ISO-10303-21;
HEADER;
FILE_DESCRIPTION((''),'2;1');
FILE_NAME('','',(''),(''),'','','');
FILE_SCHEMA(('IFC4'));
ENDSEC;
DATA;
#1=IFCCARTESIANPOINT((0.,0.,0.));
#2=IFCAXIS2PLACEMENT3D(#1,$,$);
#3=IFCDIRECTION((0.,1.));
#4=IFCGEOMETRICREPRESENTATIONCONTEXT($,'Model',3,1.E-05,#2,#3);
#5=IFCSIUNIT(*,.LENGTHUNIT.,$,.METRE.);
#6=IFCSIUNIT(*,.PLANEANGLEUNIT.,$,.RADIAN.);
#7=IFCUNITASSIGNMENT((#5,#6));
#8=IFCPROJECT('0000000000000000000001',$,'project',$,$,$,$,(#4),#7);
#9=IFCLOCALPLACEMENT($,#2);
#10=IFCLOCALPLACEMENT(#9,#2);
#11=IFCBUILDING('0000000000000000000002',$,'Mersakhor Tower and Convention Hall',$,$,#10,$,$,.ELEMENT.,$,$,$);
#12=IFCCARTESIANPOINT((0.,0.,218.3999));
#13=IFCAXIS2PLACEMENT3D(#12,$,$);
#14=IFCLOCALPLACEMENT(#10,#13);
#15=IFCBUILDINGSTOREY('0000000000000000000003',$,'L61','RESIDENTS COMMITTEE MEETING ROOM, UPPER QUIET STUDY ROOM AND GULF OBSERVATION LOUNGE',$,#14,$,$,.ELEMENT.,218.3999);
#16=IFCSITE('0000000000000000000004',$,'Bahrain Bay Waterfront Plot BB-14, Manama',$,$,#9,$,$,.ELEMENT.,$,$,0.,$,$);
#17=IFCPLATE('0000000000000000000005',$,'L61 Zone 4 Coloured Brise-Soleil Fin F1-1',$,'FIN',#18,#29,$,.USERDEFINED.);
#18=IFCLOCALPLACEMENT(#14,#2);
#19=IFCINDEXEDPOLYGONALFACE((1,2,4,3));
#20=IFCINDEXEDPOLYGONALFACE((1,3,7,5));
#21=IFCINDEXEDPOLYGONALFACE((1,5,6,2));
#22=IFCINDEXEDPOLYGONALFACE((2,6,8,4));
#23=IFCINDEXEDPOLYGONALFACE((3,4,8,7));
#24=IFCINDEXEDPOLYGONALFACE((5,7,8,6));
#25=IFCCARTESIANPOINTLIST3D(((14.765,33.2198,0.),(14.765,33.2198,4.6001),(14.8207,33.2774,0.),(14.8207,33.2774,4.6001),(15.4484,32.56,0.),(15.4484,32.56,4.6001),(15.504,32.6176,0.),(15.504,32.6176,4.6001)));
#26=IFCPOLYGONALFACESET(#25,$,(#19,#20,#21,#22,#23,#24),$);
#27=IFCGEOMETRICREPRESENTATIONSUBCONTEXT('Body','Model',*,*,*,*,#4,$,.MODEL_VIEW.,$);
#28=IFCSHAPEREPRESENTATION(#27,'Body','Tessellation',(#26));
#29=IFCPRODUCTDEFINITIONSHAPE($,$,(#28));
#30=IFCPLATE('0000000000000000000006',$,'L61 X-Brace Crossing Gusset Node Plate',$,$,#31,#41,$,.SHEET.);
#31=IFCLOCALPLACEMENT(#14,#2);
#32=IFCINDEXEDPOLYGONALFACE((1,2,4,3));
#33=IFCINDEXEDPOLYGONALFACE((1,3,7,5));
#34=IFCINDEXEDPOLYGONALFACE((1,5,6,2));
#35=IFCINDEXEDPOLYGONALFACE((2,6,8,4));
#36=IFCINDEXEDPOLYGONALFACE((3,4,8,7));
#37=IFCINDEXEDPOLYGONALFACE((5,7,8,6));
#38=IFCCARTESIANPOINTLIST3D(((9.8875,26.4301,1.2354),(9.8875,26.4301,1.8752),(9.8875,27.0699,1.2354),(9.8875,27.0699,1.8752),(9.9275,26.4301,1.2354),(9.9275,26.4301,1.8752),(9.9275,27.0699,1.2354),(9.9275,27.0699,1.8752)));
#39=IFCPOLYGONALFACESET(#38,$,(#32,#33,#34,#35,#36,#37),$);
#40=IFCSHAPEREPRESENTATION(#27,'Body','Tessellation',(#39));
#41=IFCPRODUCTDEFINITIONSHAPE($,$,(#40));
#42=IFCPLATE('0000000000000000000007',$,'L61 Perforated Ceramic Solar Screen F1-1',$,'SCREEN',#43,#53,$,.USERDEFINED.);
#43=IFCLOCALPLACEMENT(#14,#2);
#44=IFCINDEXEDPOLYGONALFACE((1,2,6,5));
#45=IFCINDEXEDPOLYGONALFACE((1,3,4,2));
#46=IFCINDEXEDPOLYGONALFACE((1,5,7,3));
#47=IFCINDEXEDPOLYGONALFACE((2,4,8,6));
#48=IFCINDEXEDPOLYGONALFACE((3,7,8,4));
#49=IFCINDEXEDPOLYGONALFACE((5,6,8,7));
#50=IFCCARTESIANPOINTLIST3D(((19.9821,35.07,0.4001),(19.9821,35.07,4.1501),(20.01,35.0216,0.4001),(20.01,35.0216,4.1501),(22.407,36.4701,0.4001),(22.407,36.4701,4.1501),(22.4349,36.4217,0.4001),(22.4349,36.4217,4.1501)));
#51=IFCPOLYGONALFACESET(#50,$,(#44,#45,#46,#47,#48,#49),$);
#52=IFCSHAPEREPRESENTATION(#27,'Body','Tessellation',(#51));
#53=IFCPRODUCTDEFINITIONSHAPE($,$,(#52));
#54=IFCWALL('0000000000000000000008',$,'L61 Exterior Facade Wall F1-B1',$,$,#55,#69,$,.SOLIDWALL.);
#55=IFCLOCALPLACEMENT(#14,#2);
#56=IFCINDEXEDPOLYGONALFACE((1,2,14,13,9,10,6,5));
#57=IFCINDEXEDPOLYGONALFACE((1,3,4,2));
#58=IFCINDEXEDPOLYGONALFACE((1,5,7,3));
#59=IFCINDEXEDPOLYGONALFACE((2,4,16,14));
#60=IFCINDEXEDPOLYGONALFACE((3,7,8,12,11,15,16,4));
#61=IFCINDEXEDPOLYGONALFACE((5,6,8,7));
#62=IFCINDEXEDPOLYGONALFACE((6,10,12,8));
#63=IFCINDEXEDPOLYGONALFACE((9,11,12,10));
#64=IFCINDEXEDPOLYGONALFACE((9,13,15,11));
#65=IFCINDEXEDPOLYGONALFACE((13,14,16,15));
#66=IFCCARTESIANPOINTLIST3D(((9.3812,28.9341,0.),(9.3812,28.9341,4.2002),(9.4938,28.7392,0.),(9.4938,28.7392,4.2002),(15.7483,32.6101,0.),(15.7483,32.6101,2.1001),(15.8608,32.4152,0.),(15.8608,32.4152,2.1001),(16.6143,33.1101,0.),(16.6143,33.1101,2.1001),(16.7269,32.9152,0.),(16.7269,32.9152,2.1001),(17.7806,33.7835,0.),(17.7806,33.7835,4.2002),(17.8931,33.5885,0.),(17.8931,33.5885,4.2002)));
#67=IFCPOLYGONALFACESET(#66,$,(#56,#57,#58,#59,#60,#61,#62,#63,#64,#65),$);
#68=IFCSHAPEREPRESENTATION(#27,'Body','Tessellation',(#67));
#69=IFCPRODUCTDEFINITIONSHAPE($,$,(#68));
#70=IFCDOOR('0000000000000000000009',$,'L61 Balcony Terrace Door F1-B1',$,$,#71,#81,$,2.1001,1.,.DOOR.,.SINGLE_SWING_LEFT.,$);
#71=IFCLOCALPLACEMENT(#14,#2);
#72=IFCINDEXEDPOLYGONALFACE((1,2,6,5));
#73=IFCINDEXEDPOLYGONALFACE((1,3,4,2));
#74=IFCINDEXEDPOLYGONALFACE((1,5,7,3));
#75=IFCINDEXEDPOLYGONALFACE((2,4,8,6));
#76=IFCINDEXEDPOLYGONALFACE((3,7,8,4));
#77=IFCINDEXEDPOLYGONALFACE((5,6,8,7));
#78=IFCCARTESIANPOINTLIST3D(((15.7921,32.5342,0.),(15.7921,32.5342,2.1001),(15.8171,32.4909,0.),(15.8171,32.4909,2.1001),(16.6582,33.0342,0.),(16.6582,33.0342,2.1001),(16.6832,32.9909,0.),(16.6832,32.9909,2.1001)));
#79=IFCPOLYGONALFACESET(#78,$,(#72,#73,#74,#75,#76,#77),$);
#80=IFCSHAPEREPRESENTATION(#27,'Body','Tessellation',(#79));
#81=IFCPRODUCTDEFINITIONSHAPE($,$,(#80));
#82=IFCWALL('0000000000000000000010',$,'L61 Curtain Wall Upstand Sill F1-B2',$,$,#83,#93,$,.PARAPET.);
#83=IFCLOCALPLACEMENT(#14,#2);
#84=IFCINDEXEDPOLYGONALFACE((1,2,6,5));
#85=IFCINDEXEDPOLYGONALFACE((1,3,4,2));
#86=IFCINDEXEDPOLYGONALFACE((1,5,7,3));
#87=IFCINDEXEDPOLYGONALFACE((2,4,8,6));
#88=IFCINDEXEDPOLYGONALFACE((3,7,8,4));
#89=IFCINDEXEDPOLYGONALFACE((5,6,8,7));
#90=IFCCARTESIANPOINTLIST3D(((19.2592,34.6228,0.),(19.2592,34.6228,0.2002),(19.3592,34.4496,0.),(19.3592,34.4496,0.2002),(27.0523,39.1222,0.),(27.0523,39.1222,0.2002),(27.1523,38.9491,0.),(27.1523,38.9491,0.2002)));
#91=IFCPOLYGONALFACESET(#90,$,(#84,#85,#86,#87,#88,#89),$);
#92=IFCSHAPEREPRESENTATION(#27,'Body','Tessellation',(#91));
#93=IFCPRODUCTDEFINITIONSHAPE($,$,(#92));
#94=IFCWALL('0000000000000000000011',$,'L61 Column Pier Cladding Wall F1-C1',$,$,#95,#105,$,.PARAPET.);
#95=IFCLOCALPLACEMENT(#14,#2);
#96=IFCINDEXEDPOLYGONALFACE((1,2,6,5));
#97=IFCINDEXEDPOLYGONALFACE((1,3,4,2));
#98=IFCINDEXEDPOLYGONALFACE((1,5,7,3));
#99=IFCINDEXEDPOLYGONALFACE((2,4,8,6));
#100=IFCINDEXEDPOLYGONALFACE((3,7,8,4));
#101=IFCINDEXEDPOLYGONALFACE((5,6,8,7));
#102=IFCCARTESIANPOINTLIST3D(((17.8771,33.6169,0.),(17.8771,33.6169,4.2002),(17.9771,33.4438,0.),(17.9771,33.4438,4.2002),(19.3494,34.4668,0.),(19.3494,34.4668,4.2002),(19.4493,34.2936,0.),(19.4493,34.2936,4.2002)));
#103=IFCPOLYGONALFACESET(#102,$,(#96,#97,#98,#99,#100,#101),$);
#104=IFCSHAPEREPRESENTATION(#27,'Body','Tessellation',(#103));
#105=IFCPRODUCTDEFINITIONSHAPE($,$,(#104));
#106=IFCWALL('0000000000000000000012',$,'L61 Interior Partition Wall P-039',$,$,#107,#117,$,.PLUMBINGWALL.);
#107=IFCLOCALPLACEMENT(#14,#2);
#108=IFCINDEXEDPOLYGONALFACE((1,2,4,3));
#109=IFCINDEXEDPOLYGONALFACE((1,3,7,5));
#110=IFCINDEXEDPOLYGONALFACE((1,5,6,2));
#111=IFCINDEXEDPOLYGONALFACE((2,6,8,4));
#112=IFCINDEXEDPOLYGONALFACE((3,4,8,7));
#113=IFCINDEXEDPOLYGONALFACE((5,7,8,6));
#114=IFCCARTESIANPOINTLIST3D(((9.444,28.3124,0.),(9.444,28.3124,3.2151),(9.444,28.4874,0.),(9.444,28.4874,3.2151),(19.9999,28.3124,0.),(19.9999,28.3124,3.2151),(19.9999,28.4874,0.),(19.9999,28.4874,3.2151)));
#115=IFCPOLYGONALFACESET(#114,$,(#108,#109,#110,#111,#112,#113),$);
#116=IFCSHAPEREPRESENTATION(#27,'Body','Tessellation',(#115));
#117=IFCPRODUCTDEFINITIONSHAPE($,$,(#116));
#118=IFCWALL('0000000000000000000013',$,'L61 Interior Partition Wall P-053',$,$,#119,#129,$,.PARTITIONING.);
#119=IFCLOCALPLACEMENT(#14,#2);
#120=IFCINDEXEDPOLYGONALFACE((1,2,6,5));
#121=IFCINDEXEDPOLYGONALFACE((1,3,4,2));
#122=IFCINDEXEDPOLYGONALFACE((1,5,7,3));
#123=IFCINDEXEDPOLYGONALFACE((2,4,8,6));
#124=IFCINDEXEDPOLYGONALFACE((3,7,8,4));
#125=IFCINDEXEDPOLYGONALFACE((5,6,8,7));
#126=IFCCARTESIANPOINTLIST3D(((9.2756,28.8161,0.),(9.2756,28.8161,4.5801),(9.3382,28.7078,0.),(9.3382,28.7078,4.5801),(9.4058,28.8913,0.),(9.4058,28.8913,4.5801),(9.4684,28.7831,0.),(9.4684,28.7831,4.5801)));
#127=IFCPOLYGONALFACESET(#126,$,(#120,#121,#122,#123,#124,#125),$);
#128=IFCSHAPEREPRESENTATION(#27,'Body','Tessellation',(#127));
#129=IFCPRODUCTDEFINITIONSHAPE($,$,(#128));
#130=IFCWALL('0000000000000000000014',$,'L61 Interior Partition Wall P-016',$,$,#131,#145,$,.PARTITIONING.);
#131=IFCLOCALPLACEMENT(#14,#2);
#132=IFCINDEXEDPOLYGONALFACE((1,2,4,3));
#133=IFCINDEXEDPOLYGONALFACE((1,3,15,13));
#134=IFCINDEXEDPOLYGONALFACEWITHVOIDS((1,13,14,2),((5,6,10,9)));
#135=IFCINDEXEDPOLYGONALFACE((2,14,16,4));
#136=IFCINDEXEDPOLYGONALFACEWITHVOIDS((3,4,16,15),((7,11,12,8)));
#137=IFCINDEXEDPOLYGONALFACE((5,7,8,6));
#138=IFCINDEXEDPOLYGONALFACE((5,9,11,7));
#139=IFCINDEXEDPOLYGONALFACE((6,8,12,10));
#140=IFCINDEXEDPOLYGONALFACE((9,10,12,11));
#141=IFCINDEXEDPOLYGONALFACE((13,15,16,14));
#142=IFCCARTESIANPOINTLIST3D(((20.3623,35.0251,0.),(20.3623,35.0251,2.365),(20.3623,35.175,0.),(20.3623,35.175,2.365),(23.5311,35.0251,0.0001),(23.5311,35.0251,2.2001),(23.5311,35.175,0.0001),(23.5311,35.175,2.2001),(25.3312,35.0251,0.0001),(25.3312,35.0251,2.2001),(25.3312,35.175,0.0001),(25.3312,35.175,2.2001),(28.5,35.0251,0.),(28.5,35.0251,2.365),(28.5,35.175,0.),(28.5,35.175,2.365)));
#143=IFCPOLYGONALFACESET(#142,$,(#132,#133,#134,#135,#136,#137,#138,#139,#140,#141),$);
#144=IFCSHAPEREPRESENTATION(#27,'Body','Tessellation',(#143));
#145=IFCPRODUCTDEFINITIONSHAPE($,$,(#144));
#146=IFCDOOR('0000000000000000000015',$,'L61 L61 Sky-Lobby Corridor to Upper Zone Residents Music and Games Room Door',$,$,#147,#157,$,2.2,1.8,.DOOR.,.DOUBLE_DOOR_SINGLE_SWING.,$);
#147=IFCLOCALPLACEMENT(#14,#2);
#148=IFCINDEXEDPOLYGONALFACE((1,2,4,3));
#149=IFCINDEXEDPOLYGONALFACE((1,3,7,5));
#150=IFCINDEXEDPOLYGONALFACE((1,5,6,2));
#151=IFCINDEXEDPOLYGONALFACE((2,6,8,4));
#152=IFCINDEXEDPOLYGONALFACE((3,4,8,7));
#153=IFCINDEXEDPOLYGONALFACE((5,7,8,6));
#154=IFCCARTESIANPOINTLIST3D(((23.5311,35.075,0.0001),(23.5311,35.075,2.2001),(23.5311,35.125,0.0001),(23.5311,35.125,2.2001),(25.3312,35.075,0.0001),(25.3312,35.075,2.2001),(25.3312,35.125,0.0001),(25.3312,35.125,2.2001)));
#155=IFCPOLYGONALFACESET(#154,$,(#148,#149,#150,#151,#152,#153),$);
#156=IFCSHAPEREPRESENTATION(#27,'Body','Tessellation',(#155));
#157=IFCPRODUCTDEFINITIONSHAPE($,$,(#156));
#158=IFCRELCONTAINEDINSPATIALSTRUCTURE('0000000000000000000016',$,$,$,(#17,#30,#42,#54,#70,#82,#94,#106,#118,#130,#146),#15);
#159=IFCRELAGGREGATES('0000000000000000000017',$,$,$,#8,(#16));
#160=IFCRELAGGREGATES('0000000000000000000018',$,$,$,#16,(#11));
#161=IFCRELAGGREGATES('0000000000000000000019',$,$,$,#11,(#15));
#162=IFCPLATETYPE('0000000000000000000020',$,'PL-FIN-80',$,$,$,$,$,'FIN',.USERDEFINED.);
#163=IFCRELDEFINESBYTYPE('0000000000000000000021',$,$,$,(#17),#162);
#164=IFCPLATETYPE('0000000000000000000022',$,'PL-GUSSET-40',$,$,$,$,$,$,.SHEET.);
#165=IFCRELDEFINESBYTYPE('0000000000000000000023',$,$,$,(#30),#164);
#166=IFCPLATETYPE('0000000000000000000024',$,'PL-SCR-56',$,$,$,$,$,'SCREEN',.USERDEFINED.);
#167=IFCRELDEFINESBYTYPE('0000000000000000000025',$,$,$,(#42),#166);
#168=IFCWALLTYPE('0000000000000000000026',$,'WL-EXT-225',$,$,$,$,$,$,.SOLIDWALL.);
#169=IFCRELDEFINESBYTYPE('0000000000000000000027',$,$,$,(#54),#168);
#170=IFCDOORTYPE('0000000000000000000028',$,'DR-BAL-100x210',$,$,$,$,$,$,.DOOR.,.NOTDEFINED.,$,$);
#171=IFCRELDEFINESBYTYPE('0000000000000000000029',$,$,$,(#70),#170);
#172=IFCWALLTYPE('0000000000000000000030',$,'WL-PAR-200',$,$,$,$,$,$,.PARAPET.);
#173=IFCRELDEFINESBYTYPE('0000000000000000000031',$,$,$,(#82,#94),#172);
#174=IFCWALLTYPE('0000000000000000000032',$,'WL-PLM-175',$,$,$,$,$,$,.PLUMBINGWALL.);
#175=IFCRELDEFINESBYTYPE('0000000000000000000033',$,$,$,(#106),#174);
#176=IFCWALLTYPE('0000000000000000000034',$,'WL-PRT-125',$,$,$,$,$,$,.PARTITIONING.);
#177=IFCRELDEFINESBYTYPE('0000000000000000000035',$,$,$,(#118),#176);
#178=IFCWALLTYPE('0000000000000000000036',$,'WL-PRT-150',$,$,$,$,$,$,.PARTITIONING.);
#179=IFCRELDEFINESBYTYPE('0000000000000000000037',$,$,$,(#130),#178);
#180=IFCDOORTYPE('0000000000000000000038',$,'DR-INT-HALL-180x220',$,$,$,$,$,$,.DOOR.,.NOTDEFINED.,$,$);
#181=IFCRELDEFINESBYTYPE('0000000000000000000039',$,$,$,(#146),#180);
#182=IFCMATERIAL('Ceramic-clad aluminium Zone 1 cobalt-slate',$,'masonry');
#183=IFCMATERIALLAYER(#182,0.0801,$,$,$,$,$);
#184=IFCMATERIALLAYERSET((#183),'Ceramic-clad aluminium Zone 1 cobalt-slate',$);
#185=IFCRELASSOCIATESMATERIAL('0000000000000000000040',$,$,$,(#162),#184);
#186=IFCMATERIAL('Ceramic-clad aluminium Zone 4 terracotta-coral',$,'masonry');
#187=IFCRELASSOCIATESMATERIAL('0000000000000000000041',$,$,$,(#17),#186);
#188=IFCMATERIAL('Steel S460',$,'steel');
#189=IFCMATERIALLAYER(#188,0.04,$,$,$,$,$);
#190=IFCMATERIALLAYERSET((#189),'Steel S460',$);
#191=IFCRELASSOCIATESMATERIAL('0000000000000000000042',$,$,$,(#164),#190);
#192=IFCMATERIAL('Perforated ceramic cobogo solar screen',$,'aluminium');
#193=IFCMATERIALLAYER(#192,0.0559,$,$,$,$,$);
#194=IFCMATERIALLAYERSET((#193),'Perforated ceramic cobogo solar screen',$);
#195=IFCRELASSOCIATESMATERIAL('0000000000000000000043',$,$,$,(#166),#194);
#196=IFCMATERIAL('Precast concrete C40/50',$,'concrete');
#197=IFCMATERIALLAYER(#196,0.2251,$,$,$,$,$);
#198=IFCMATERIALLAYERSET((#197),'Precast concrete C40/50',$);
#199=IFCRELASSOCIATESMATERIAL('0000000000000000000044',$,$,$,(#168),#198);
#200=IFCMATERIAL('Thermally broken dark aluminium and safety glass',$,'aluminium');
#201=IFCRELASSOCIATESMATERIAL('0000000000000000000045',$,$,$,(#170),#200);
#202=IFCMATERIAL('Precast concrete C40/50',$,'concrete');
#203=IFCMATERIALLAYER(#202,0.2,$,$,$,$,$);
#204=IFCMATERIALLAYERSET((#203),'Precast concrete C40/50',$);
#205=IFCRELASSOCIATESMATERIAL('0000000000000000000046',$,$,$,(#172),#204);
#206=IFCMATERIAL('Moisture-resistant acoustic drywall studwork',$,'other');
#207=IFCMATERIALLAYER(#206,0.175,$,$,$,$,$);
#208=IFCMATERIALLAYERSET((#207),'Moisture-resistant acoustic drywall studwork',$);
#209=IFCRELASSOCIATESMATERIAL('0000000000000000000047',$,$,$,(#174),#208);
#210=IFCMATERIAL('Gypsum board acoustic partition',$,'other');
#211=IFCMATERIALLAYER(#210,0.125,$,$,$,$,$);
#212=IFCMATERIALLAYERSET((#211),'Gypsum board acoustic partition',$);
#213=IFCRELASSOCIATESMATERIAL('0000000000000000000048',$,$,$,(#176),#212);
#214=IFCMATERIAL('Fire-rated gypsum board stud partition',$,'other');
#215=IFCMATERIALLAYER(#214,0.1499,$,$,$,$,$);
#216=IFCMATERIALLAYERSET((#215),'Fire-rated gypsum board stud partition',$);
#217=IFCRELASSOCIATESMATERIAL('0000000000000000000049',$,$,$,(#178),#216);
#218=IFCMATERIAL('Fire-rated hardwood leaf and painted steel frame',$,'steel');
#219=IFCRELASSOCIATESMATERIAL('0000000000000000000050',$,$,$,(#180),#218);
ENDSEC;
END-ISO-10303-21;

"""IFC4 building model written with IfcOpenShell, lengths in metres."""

from ifc_helpers import new_model, si_unit, direction, frame, frame_2d, origin, origin_2d, place, context, subcontext, project, spatial, rectangle, extrude, material, layer, layer_set, type_object, element, fill, save


model = new_model("IFC4")

# Units and contexts
model_context = context("Model", 3, precision=1e-05, world=origin(), true_north=direction((0.0, 1.0)))
body_context = subcontext(model_context, "Body", "Model", "MODEL_VIEW")
ifc_project = project(units=[si_unit("LENGTHUNIT", "METRE"), si_unit("PLANEANGLEUNIT", "RADIAN")], contexts=[model_context])

# Site, building, storey
site_placement = place(None, origin())
site = spatial("IfcSite", under=ifc_project, at=site_placement, Name="Bahrain Bay Waterfront Plot BB-14, Manama", CompositionType="ELEMENT", RefElevation=0.0)
building_placement = place(site_placement, origin())
building = spatial("IfcBuilding", under=site, at=building_placement, Name="Mersakhor Tower and Convention Hall", CompositionType="ELEMENT")
storey_placement = place(building_placement, frame((0.0, 0.0, 218.3999)))
storey = spatial("IfcBuildingStorey", under=building, at=storey_placement, Name="L61", Description="RESIDENTS COMMITTEE MEETING ROOM, UPPER QUIET STUDY ROOM AND GULF OBSERVATION LOUNGE", CompositionType="ELEMENT", Elevation=218.3999)

# Plates
ifc_material_1 = material(Name="Ceramic-clad aluminium Zone 4 terracotta-coral", Category="masonry")
ifc_material_2 = material(Name="Ceramic-clad aluminium Zone 1 cobalt-slate", Category="masonry")
ifc_layer_1 = layer(ifc_material_2, 0.0801)
ifc_layer_set_1 = layer_set([ifc_layer_1], Name="Ceramic-clad aluminium Zone 1 cobalt-slate")
plate_type_1 = type_object("IfcPlateType", Name="PL-FIN-80", ElementType="FIN", PredefinedType="USERDEFINED", material=ifc_layer_set_1)
plate_1_placement = place(storey_placement, frame((15.1345, 32.9187, 0.0), z_axis=(0.0, 0.0, 1.0), x_axis=(-0.71934, 0.694658, 0.0)))
element("IfcPlate", 1, at=plate_1_placement, inside=storey, type_object=plate_type_1, material=ifc_material_1, Name="L61 Zone 4 Coloured Brise-Soleil Fin F1-1", ObjectType="FIN", PredefinedType="USERDEFINED", context=body_context, shape_type="SweptSolid", body=[
    extrude(rectangle(XDim=0.95, YDim=0.0801, at=origin_2d()), origin(), (0.0, 0.0, 1.0), 4.6001),
])
ifc_material_3 = material(Name="Steel S460", Category="steel")
ifc_layer_2 = layer(ifc_material_3, 0.04)
ifc_layer_set_2 = layer_set([ifc_layer_2], Name="Steel S460")
plate_type_2 = type_object("IfcPlateType", Name="PL-GUSSET-40", PredefinedType="SHEET", material=ifc_layer_set_2)
plate_2_placement = place(storey_placement, frame((9.9075, 26.75, 1.2354), z_axis=(0.0, 0.0, 1.0), x_axis=(0.0, -1.0, 0.0)))
element("IfcPlate", 2, at=plate_2_placement, inside=storey, type_object=plate_type_2, Name="L61 X-Brace Crossing Gusset Node Plate", PredefinedType="SHEET", context=body_context, shape_type="SweptSolid", body=[
    extrude(rectangle(XDim=0.6399, YDim=0.04, at=origin_2d()), origin(), (0.0, 0.0, 1.0), 0.6399),
])
ifc_material_4 = material(Name="Perforated ceramic cobogo solar screen", Category="aluminium")
ifc_layer_3 = layer(ifc_material_4, 0.0559)
ifc_layer_set_3 = layer_set([ifc_layer_3], Name="Perforated ceramic cobogo solar screen")
plate_type_3 = type_object("IfcPlateType", Name="PL-SCR-56", ElementType="SCREEN", PredefinedType="USERDEFINED", material=ifc_layer_set_3)
plate_3_placement = place(storey_placement, frame((21.2085, 35.7458, 0.4001), z_axis=(0.0, 0.0, 1.0), x_axis=(0.866025, 0.5, 0.0)))
element("IfcPlate", 3, at=plate_3_placement, inside=storey, type_object=plate_type_3, Name="L61 Perforated Ceramic Solar Screen F1-1", ObjectType="SCREEN", PredefinedType="USERDEFINED", context=body_context, shape_type="SweptSolid", body=[
    extrude(rectangle(XDim=2.8, YDim=0.0559, at=origin_2d()), origin(), (0.0, 0.0, 1.0), 3.75),
])

# Wall, opening, door
ifc_material_5 = material(Name="Precast concrete C40/50", Category="concrete")
ifc_layer_4 = layer(ifc_material_5, 0.2251)
ifc_layer_set_4 = layer_set([ifc_layer_4], Name="Precast concrete C40/50")
wall_type_1 = type_object("IfcWallType", Name="WL-EXT-225", PredefinedType="SOLIDWALL", material=ifc_layer_set_4)
wall_1_placement = place(storey_placement, frame((9.4375, 28.8367, 0.0), z_axis=(0.0, 0.0, 1.0), x_axis=(0.866027, 0.499997, 0.0)))
wall_1 = element("IfcWall", 4, at=wall_1_placement, inside=storey, type_object=wall_type_1, Name="L61 Exterior Facade Wall F1-B1", PredefinedType="SOLIDWALL", context=body_context, shape_type="SweptSolid", body=[
    extrude(rectangle(XDim=9.6987, YDim=0.2251, at=frame_2d((4.8494, 0.0))), origin(), (0.0, 0.0, 1.0), 4.2002),
])
opening_1_placement = place(wall_1_placement, frame((7.3521, 0.0, 0.0)))
opening_1 = element("IfcOpeningElement", 5, at=opening_1_placement, cuts=wall_1, PredefinedType="OPENING", context=body_context, shape_type="SweptSolid", body=[
    extrude(rectangle(XDim=1.0, YDim=2.1001, at=frame_2d((0.5, 1.05))), frame((0.0, 0.1226, 0.0), z_axis=(0.0, -1.0, 0.0), x_axis=(1.0, 0.0, 0.0)), (0.0, 0.0, 1.0), 0.2451),
])
ifc_material_6 = material(Name="Thermally broken dark aluminium and safety glass", Category="aluminium")
door_type_1 = type_object("IfcDoorType", Name="DR-BAL-100x210", OperationType="NOTDEFINED", PredefinedType="DOOR", material=ifc_material_6)
door_1_placement = place(opening_1_placement, origin())
door_1 = element("IfcDoor", 6, at=door_1_placement, inside=storey, type_object=door_type_1, Name="L61 Balcony Terrace Door F1-B1", OperationType="SINGLE_SWING_LEFT", OverallHeight=2.1001, OverallWidth=1.0, PredefinedType="DOOR", context=body_context, shape_type="SweptSolid", body=[
    extrude(rectangle(XDim=1.0, YDim=2.1001, at=frame_2d((0.5, 1.05))), frame((0.0, 0.0249, 0.0), z_axis=(0.0, -1.0, 0.0), x_axis=(1.0, 0.0, 0.0)), (0.0, 0.0, 1.0), 0.05),
])
fill(opening_1, door_1)

# Walls
ifc_material_7 = material(Name="Precast concrete C40/50", Category="concrete")
ifc_layer_5 = layer(ifc_material_7, 0.2)
ifc_layer_set_5 = layer_set([ifc_layer_5], Name="Precast concrete C40/50")
wall_type_2 = type_object("IfcWallType", Name="WL-PAR-200", PredefinedType="PARAPET", material=ifc_layer_set_5)
wall_2_placement = place(storey_placement, frame((19.3091, 34.5361, 0.0), z_axis=(0.0, 0.0, 1.0), x_axis=(0.866021, 0.500008, 0.0)))
element("IfcWall", 7, at=wall_2_placement, inside=storey, type_object=wall_type_2, Name="L61 Curtain Wall Upstand Sill F1-B2", PredefinedType="PARAPET", context=body_context, shape_type="SweptSolid", body=[
    extrude(rectangle(XDim=8.9988, YDim=0.2, at=frame_2d((4.4995, 0.0))), origin(), (0.0, 0.0, 1.0), 0.2002),
])
wall_3_placement = place(storey_placement, frame((17.927, 33.5303, 0.0), z_axis=(0.0, 0.0, 1.0), x_axis=(0.866052, 0.499955, 0.0)))
element("IfcWall", 8, at=wall_3_placement, inside=storey, type_object=wall_type_2, Name="L61 Column Pier Cladding Wall F1-C1", PredefinedType="PARAPET", context=body_context, shape_type="SweptSolid", body=[
    extrude(rectangle(XDim=1.7, YDim=0.2, at=frame_2d((0.8501, 0.0))), origin(), (0.0, 0.0, 1.0), 4.2002),
])
ifc_material_8 = material(Name="Moisture-resistant acoustic drywall studwork", Category="other")
ifc_layer_6 = layer(ifc_material_8, 0.175)
ifc_layer_set_6 = layer_set([ifc_layer_6], Name="Moisture-resistant acoustic drywall studwork")
wall_type_3 = type_object("IfcWallType", Name="WL-PLM-175", PredefinedType="PLUMBINGWALL", material=ifc_layer_set_6)
wall_4_placement = place(storey_placement, frame((9.4441, 28.3999, 0.0), z_axis=(0.0, 0.0, 1.0), x_axis=(1.0, 0.0, 0.0)))
element("IfcWall", 9, at=wall_4_placement, inside=storey, type_object=wall_type_3, Name="L61 Interior Partition Wall P-039", PredefinedType="PLUMBINGWALL", context=body_context, shape_type="SweptSolid", body=[
    extrude(rectangle(XDim=10.5559, YDim=0.175, at=frame_2d((5.2778, 0.0))), origin(), (0.0, 0.0, 1.0), 3.2151),
])
ifc_material_9 = material(Name="Gypsum board acoustic partition", Category="other")
ifc_layer_7 = layer(ifc_material_9, 0.125)
ifc_layer_set_7 = layer_set([ifc_layer_7], Name="Gypsum board acoustic partition")
wall_type_4 = type_object("IfcWallType", Name="WL-PRT-125", PredefinedType="PARTITIONING", material=ifc_layer_set_7)
wall_5_placement = place(storey_placement, frame((9.3069, 28.762, 0.0), z_axis=(0.0, 0.0, 1.0), x_axis=(0.865834, 0.500332, 0.0)))
element("IfcWall", 10, at=wall_5_placement, inside=storey, type_object=wall_type_4, Name="L61 Interior Partition Wall P-053", PredefinedType="PARTITIONING", context=body_context, shape_type="SweptSolid", body=[
    extrude(rectangle(XDim=0.1504, YDim=0.125, at=frame_2d((0.0752, 0.0))), origin(), (0.0, 0.0, 1.0), 4.5801),
])

# Wall, opening, door
ifc_material_10 = material(Name="Fire-rated gypsum board stud partition", Category="other")
ifc_layer_8 = layer(ifc_material_10, 0.1499)
ifc_layer_set_8 = layer_set([ifc_layer_8], Name="Fire-rated gypsum board stud partition")
wall_type_5 = type_object("IfcWallType", Name="WL-PRT-150", PredefinedType="PARTITIONING", material=ifc_layer_set_8)
wall_6_placement = place(storey_placement, frame((20.3623, 35.1001, 0.0), z_axis=(0.0, 0.0, 1.0), x_axis=(1.0, 0.0, 0.0)))
wall_6 = element("IfcWall", 11, at=wall_6_placement, inside=storey, type_object=wall_type_5, Name="L61 Interior Partition Wall P-016", PredefinedType="PARTITIONING", context=body_context, shape_type="SweptSolid", body=[
    extrude(rectangle(XDim=8.1377, YDim=0.1499, at=frame_2d((4.0688, 0.0))), origin(), (0.0, 0.0, 1.0), 2.365),
])
opening_2_placement = place(wall_6_placement, frame((3.1689, 0.0, 0.0)))
opening_2 = element("IfcOpeningElement", 12, at=opening_2_placement, cuts=wall_6, PredefinedType="OPENING", context=body_context, shape_type="SweptSolid", body=[
    extrude(rectangle(XDim=1.8, YDim=2.2, at=frame_2d((0.8999, 1.1001))), frame((0.0, 0.085, 0.0), z_axis=(0.0, -1.0, 0.0), x_axis=(1.0, 0.0, 0.0)), (0.0, 0.0, 1.0), 0.1699),
])
ifc_material_11 = material(Name="Fire-rated hardwood leaf and painted steel frame", Category="steel")
door_type_2 = type_object("IfcDoorType", Name="DR-INT-HALL-180x220", OperationType="NOTDEFINED", PredefinedType="DOOR", material=ifc_material_11)
door_2_placement = place(opening_2_placement, origin())
door_2 = element("IfcDoor", 13, at=door_2_placement, inside=storey, type_object=door_type_2, Name="L61 L61 Sky-Lobby Corridor to Upper Zone Residents Music and Games Room Door", OperationType="DOUBLE_DOOR_SINGLE_SWING", OverallHeight=2.2, OverallWidth=1.8, PredefinedType="DOOR", context=body_context, shape_type="SweptSolid", body=[
    extrude(rectangle(XDim=1.8, YDim=2.2, at=frame_2d((0.8999, 1.1001))), frame((0.0, 0.0249, 0.0), z_axis=(0.0, -1.0, 0.0), x_axis=(1.0, 0.0, 0.0)), (0.0, 0.0, 1.0), 0.05),
])
fill(opening_2, door_2)

save(model, "model.ifc")
